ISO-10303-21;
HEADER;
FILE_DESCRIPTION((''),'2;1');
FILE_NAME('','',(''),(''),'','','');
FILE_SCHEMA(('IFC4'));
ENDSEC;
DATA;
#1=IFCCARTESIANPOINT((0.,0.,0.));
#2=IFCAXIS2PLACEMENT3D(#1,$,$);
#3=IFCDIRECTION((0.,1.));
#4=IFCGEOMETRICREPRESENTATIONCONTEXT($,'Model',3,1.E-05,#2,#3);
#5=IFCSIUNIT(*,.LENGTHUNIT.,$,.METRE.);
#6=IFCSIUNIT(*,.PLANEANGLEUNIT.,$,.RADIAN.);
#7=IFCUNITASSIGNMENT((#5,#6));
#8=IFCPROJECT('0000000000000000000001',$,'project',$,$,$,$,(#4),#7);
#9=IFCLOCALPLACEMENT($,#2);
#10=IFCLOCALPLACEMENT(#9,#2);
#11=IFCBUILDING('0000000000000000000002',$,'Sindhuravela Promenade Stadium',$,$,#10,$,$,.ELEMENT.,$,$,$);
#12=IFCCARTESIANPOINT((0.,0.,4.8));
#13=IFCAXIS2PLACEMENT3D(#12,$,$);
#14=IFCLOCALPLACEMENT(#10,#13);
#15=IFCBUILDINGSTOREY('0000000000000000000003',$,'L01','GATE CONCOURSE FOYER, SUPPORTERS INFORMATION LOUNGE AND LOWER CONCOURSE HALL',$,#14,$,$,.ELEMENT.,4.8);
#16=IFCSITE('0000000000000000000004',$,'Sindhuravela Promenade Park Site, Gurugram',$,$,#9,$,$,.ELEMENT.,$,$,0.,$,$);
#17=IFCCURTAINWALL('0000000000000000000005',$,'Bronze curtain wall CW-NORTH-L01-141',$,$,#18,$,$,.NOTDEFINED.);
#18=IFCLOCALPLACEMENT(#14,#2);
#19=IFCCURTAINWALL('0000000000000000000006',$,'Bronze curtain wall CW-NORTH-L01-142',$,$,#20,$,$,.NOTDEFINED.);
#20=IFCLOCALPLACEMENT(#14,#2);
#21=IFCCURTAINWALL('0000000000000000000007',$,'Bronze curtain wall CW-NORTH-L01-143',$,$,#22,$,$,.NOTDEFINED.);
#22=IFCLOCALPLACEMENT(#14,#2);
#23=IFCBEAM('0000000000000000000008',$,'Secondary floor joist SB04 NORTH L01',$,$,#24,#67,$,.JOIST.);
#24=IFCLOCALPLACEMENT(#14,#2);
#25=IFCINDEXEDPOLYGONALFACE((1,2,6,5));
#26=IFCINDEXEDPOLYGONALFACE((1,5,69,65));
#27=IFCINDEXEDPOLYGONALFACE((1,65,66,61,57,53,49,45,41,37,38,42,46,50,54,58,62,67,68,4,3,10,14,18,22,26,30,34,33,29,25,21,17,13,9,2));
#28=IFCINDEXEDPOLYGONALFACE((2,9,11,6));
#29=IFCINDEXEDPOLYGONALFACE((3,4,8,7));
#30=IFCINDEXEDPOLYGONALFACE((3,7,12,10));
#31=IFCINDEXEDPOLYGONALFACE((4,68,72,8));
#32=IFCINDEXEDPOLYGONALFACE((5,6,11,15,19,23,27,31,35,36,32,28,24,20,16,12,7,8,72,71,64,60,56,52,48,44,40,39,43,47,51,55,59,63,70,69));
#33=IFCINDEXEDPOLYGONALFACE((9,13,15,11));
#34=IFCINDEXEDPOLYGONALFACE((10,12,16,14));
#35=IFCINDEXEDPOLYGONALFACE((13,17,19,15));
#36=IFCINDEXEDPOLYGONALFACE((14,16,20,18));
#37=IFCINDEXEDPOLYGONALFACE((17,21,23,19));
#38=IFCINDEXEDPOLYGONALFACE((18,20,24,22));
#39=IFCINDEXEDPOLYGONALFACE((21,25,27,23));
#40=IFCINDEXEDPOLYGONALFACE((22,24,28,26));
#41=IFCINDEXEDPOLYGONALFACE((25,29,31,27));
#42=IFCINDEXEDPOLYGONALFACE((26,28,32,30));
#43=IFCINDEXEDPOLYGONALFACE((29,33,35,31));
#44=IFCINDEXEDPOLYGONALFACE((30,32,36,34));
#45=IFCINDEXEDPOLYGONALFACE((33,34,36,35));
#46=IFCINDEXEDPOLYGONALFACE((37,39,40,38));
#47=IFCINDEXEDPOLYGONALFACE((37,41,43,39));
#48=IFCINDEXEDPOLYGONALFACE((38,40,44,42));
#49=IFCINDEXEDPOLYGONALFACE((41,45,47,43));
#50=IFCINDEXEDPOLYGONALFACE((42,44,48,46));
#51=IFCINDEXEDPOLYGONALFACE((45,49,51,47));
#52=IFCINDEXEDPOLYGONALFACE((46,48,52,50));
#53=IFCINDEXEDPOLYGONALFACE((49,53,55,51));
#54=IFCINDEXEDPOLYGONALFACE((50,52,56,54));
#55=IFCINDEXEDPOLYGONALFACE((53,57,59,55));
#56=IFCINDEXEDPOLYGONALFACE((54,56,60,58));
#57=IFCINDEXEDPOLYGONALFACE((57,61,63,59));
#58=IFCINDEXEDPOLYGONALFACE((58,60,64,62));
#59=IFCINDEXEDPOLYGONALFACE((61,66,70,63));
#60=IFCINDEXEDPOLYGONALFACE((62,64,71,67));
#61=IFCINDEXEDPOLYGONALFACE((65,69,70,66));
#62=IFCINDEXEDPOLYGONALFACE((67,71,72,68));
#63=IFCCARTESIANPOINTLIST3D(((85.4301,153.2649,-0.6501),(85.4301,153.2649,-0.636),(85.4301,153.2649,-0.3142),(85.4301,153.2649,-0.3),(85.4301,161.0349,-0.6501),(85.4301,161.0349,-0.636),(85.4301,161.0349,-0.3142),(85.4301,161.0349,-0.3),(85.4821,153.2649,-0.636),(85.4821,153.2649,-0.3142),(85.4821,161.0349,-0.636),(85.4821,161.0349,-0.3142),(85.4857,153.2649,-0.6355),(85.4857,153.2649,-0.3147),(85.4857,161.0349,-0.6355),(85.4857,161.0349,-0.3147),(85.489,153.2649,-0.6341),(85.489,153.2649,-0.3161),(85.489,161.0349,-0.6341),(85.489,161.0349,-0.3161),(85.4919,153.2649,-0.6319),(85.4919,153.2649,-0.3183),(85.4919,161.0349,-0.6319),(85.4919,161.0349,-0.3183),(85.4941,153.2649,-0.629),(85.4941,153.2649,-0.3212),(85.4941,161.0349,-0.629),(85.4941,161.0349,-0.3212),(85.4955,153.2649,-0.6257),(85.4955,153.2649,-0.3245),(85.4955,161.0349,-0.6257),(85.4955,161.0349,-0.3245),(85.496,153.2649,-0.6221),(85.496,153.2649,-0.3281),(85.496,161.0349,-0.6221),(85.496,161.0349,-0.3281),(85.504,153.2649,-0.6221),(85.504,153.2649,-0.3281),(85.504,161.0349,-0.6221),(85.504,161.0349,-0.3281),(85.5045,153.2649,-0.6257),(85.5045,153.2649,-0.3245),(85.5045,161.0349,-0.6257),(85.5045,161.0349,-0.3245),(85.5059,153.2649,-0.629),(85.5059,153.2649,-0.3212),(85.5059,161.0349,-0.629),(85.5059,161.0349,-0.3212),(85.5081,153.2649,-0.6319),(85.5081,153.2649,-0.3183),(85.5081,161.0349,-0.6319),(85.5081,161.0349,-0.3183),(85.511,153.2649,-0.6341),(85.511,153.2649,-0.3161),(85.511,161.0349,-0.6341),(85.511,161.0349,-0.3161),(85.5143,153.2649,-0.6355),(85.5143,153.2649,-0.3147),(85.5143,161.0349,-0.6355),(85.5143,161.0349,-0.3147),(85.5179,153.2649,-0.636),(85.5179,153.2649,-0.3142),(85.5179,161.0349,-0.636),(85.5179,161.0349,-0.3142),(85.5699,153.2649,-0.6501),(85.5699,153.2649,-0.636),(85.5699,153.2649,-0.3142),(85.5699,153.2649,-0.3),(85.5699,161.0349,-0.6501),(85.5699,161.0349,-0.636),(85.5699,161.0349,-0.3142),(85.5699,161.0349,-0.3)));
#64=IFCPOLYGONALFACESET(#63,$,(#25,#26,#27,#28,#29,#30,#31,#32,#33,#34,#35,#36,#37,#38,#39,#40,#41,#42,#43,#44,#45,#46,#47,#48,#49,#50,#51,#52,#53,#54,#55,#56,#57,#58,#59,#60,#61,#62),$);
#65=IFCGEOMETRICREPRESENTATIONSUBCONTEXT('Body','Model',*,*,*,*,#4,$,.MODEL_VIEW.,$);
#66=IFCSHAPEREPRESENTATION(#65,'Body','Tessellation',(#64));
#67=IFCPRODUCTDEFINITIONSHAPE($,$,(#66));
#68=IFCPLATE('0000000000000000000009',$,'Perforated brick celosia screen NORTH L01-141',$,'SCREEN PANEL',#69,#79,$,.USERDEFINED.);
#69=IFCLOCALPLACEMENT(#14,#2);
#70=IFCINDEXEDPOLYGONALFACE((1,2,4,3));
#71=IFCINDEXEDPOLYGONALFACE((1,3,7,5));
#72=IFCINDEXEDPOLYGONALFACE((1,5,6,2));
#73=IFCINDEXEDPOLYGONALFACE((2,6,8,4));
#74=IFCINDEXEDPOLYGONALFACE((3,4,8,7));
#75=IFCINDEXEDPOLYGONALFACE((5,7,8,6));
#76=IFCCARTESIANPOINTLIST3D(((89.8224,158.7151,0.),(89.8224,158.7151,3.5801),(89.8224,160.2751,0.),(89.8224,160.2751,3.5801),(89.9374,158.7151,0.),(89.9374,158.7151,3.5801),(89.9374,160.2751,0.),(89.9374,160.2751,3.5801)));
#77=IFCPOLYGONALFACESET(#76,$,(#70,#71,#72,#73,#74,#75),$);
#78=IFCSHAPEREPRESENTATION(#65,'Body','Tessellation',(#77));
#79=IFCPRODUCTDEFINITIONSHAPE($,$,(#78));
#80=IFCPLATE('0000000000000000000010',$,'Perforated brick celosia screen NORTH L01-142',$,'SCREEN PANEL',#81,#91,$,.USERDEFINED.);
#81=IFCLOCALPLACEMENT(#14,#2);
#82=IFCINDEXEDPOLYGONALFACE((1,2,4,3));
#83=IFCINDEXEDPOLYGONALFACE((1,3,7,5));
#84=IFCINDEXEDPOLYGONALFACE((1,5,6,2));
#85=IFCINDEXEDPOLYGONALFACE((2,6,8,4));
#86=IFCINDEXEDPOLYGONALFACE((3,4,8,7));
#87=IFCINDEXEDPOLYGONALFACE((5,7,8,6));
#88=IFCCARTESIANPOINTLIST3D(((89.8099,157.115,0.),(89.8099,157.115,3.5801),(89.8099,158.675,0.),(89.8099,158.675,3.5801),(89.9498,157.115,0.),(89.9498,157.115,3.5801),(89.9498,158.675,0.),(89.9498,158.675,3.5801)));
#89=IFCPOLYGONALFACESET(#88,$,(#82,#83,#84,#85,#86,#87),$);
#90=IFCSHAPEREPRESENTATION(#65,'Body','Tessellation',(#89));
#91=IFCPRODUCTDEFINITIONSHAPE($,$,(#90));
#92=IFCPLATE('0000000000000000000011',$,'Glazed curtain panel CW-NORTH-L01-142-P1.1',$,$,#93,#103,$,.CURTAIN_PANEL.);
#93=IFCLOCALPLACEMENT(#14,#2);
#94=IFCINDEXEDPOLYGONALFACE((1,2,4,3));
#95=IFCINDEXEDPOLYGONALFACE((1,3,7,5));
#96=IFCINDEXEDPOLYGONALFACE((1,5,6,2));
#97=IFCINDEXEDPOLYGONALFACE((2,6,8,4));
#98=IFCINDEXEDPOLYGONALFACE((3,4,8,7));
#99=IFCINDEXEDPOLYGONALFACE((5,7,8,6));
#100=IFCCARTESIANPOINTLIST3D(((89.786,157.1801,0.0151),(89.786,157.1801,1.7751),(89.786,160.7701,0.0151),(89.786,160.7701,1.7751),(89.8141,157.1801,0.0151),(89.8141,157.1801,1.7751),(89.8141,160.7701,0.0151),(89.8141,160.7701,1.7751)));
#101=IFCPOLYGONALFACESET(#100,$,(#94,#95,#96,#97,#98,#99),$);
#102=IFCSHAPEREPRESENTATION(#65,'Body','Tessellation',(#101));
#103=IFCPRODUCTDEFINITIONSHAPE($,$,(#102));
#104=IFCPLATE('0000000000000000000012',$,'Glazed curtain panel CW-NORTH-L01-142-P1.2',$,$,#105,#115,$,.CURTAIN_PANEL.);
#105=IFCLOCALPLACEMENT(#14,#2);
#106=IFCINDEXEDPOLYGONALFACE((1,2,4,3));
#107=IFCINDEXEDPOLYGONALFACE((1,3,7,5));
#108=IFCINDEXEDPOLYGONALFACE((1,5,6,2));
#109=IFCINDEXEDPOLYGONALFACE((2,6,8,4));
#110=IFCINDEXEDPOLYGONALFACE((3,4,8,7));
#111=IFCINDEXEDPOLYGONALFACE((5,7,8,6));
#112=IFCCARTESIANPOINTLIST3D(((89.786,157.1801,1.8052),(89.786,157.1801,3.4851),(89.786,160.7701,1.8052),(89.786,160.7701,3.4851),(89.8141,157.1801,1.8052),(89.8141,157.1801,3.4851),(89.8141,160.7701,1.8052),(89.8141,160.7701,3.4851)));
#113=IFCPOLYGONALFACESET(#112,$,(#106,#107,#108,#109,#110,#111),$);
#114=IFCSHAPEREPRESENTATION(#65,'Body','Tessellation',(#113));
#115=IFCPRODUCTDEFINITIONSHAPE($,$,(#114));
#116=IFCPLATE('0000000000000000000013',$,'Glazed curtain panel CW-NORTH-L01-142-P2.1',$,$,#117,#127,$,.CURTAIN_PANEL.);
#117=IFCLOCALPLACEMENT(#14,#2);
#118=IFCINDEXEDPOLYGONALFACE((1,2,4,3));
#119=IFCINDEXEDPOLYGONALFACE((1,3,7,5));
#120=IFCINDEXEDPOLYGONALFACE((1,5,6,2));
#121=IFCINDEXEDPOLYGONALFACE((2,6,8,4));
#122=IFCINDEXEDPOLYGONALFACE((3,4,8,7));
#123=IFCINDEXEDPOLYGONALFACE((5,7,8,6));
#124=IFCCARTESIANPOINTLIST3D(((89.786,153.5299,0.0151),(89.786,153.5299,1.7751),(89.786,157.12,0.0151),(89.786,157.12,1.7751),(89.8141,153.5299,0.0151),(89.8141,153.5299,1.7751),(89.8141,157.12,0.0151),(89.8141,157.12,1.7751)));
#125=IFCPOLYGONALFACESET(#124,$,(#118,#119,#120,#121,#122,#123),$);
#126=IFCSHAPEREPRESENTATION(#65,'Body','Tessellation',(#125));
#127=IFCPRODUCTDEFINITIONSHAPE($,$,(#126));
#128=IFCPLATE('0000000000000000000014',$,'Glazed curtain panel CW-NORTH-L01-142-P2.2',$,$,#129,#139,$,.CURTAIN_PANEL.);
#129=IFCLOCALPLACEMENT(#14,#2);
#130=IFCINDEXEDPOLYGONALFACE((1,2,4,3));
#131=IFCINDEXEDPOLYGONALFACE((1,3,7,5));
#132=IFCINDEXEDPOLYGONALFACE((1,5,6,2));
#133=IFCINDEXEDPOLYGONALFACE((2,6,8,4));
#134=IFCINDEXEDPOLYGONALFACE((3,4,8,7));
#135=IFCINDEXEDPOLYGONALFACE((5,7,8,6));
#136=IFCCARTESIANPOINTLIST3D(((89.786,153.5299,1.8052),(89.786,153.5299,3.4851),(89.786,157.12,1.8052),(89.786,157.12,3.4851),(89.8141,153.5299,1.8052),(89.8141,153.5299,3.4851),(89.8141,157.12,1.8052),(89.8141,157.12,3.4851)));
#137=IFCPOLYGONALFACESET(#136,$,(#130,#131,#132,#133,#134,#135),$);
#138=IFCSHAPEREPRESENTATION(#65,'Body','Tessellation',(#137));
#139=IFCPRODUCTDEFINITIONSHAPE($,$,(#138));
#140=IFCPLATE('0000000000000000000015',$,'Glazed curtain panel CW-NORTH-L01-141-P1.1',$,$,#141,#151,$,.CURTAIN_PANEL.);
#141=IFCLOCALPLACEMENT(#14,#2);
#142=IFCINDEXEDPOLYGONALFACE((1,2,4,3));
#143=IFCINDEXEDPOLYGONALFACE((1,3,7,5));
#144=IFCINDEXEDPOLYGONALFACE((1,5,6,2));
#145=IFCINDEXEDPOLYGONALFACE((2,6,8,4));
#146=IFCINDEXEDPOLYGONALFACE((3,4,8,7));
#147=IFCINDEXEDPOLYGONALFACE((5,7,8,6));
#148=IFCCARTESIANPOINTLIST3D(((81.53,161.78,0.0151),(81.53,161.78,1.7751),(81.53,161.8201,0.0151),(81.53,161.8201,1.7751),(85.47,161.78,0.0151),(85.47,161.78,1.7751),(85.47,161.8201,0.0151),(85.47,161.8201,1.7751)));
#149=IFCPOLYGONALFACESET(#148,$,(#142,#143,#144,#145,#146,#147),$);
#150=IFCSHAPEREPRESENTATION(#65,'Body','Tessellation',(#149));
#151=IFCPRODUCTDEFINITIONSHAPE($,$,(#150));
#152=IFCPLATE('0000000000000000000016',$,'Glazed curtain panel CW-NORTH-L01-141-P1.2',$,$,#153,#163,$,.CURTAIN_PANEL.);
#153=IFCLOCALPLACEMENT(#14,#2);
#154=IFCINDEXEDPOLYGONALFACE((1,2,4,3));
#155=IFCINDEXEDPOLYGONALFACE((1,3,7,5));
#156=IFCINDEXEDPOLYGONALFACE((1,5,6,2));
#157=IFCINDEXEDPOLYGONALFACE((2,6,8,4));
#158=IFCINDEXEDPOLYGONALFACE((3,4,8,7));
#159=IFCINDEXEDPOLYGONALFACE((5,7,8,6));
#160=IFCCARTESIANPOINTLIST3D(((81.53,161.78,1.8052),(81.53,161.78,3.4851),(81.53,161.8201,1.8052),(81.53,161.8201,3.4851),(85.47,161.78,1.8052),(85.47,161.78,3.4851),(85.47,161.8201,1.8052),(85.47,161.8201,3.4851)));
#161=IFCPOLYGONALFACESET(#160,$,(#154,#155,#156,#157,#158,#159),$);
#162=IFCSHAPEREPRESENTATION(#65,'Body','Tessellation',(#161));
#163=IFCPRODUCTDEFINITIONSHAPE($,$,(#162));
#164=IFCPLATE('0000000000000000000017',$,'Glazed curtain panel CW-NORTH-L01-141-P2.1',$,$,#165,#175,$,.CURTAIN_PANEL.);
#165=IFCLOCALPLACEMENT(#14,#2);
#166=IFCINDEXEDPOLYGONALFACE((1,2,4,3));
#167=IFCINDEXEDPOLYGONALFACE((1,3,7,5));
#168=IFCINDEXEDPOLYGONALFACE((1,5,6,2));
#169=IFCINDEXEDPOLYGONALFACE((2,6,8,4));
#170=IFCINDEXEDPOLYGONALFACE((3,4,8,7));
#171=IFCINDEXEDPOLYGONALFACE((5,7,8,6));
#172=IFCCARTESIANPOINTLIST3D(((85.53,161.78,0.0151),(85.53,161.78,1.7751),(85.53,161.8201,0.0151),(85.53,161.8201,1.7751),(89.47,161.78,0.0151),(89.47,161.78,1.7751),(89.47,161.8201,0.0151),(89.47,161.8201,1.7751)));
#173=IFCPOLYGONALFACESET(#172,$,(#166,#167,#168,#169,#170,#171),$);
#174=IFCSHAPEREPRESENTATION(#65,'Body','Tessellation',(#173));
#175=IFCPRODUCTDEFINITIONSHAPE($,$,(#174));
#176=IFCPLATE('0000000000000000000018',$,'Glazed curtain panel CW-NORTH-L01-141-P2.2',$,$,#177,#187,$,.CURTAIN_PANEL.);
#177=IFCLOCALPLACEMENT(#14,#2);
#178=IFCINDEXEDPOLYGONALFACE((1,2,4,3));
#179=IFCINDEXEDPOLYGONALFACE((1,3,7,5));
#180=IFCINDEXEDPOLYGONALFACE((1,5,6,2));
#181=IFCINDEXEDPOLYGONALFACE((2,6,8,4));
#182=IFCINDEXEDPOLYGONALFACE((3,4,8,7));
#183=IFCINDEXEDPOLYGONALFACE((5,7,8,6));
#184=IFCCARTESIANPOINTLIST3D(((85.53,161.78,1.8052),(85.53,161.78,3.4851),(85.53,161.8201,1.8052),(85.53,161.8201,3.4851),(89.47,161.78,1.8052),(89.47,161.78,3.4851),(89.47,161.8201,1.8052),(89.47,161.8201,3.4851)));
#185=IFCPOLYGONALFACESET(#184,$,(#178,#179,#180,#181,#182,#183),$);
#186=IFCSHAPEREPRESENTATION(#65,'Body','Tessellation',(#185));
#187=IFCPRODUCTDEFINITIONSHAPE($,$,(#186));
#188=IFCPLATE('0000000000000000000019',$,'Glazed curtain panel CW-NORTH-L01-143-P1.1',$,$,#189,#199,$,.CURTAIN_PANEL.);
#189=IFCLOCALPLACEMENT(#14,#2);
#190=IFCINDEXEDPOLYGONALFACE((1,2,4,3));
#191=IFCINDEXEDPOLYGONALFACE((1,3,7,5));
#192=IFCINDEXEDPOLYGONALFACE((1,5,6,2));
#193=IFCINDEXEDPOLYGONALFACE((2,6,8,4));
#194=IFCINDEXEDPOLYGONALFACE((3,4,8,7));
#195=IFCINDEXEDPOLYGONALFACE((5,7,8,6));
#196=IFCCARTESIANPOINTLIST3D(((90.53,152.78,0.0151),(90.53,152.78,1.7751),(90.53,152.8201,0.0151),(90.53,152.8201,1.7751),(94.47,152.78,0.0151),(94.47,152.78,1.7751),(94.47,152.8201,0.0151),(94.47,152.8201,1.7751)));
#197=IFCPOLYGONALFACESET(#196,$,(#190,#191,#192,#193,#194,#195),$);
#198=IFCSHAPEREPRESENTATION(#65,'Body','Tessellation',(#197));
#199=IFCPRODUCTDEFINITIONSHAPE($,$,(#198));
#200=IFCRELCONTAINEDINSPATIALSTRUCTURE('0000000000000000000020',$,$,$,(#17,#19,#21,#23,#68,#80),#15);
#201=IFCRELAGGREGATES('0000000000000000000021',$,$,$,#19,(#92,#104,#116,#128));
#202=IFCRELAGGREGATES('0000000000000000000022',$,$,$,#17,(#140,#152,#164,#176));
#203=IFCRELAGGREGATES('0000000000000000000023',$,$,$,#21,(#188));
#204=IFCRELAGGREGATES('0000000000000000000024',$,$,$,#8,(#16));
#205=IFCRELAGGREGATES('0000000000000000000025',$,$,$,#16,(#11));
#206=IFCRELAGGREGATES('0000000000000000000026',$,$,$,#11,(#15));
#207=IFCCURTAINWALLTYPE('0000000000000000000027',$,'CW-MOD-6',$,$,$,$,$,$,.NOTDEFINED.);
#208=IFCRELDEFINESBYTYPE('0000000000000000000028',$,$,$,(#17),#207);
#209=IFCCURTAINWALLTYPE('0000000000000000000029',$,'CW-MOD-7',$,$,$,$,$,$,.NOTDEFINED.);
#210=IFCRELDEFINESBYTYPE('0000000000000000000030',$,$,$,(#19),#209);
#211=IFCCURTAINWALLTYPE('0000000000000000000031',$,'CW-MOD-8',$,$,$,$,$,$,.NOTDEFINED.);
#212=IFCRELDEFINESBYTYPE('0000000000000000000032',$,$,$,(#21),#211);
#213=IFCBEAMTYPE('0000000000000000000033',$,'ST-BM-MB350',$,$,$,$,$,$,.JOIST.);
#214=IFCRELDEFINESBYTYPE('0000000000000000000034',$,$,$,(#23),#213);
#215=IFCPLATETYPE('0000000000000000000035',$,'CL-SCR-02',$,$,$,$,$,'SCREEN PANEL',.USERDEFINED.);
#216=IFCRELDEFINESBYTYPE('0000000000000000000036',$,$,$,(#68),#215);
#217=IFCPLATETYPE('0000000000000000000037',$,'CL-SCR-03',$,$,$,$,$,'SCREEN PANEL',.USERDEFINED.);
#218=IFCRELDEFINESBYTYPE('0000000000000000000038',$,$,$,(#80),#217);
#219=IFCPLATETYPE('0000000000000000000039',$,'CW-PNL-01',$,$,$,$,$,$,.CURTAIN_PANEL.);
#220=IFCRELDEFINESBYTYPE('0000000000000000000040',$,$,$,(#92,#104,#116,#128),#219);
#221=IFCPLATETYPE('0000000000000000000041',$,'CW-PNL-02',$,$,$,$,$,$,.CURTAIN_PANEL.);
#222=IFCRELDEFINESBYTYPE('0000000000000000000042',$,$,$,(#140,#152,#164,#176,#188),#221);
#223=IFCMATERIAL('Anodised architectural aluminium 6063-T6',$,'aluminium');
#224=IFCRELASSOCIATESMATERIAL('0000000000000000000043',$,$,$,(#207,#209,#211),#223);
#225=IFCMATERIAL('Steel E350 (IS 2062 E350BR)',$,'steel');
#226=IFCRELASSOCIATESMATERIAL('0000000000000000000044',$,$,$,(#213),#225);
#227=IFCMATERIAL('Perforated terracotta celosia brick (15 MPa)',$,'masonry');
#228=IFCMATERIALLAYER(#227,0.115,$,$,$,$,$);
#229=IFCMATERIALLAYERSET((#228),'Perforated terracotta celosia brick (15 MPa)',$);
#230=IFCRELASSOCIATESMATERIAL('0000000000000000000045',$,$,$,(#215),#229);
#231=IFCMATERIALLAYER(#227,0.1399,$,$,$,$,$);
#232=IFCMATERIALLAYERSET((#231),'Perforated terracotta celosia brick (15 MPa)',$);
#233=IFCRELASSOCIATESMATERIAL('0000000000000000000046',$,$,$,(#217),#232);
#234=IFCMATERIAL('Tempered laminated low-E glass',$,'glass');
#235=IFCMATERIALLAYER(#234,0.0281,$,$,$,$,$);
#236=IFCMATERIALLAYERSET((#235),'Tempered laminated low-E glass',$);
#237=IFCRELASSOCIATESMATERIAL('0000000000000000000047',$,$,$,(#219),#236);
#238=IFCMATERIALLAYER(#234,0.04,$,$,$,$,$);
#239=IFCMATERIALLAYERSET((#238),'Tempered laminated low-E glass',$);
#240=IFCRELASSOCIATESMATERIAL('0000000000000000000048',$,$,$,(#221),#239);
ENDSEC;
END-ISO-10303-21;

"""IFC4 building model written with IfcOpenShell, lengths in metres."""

from ifc_helpers import new_model, si_unit, direction, frame, origin, origin_2d, place, context, subcontext, project, spatial, rectangle, i_section, extrude, material, layer, layer_set, material_profile, profile_set, type_object, element, aggregate, save


model = new_model("IFC4")

# Units and contexts
model_context = context("Model", 3, precision=1e-05, world=origin(), true_north=direction((0.0, 1.0)))
body_context = subcontext(model_context, "Body", "Model", "MODEL_VIEW")
ifc_project = project(units=[si_unit("LENGTHUNIT", "METRE"), si_unit("PLANEANGLEUNIT", "RADIAN")], contexts=[model_context])

# Site, building, storey
site_placement = place(None, origin())
site = spatial("IfcSite", under=ifc_project, at=site_placement, Name="Sindhuravela Promenade Park Site, Gurugram", CompositionType="ELEMENT", RefElevation=0.0)
building_placement = place(site_placement, origin())
building = spatial("IfcBuilding", under=site, at=building_placement, Name="Sindhuravela Promenade Stadium", CompositionType="ELEMENT")
storey_placement = place(building_placement, frame((0.0, 0.0, 4.8)))
storey = spatial("IfcBuildingStorey", under=building, at=storey_placement, Name="L01", Description="GATE CONCOURSE FOYER, SUPPORTERS INFORMATION LOUNGE AND LOWER CONCOURSE HALL", CompositionType="ELEMENT", Elevation=4.8)

# Curtain walls
ifc_material_1 = material(Name="Anodised architectural aluminium 6063-T6", Category="aluminium")
curtain_wall_type_1 = type_object("IfcCurtainWallType", Name="CW-MOD-6", PredefinedType="NOTDEFINED", material=ifc_material_1)
curtain_wall_1_placement = place(storey_placement, origin())
curtain_wall_1 = element("IfcCurtainWall", 1, at=curtain_wall_1_placement, inside=storey, type_object=curtain_wall_type_1, Name="Bronze curtain wall CW-NORTH-L01-141", PredefinedType="NOTDEFINED")
curtain_wall_type_2 = type_object("IfcCurtainWallType", Name="CW-MOD-7", PredefinedType="NOTDEFINED", material=ifc_material_1)
curtain_wall_2_placement = place(storey_placement, origin())
curtain_wall_2 = element("IfcCurtainWall", 2, at=curtain_wall_2_placement, inside=storey, type_object=curtain_wall_type_2, Name="Bronze curtain wall CW-NORTH-L01-142", PredefinedType="NOTDEFINED")
curtain_wall_type_3 = type_object("IfcCurtainWallType", Name="CW-MOD-8", PredefinedType="NOTDEFINED", material=ifc_material_1)
curtain_wall_3_placement = place(storey_placement, origin())
curtain_wall_3 = element("IfcCurtainWall", 3, at=curtain_wall_3_placement, inside=storey, type_object=curtain_wall_type_3, Name="Bronze curtain wall CW-NORTH-L01-143", PredefinedType="NOTDEFINED")

# Beam
ifc_material_2 = material(Name="Steel E350 (IS 2062 E350BR)", Category="steel")
ifc_material_profile_1 = material_profile(ifc_material_2, i_section(OverallWidth=0.1399, OverallDepth=0.3501, WebThickness=0.0081, FlangeThickness=0.0142, FilletRadius=0.0139, at=origin_2d()), Name="ISMB 350")
ifc_profile_set_1 = profile_set([ifc_material_profile_1], Name="Steel E350 (IS 2062 E350BR)")
beam_type_1 = type_object("IfcBeamType", Name="ST-BM-MB350", PredefinedType="JOIST", material=ifc_profile_set_1)
beam_1_placement = place(storey_placement, frame((85.5, 153.2649, -0.4751), z_axis=(0.0, 1.0, 0.0), x_axis=(-1.0, 0.0, 0.0)))
element("IfcBeam", 4, at=beam_1_placement, inside=storey, type_object=beam_type_1, Name="Secondary floor joist SB04 NORTH L01", PredefinedType="JOIST", context=body_context, shape_type="SweptSolid", body=[
    extrude(i_section(OverallWidth=0.1399, OverallDepth=0.3501, WebThickness=0.0081, FlangeThickness=0.0142, FilletRadius=0.0139, at=origin_2d()), origin(), (0.0, 0.0, 1.0), 7.77),
])

# Plates
ifc_material_3 = material(Name="Perforated terracotta celosia brick (15 MPa)", Category="masonry")
ifc_layer_1 = layer(ifc_material_3, 0.115)
ifc_layer_set_1 = layer_set([ifc_layer_1], Name="Perforated terracotta celosia brick (15 MPa)")
plate_type_1 = type_object("IfcPlateType", Name="CL-SCR-02", ElementType="SCREEN PANEL", PredefinedType="USERDEFINED", material=ifc_layer_set_1)
plate_1_placement = place(storey_placement, frame((89.8799, 159.4951, 0.0), z_axis=(0.0, 0.0, 1.0), x_axis=(0.0, -1.0, 0.0)))
element("IfcPlate", 5, at=plate_1_placement, inside=storey, type_object=plate_type_1, Name="Perforated brick celosia screen NORTH L01-141", ObjectType="SCREEN PANEL", PredefinedType="USERDEFINED", context=body_context, shape_type="SweptSolid", body=[
    extrude(rectangle(XDim=1.5601, YDim=0.115, at=origin_2d()), origin(), (0.0, 0.0, 1.0), 3.5801),
])
ifc_layer_2 = layer(ifc_material_3, 0.1399)
ifc_layer_set_2 = layer_set([ifc_layer_2], Name="Perforated terracotta celosia brick (15 MPa)")
plate_type_2 = type_object("IfcPlateType", Name="CL-SCR-03", ElementType="SCREEN PANEL", PredefinedType="USERDEFINED", material=ifc_layer_set_2)
plate_2_placement = place(storey_placement, frame((89.8799, 157.895, 0.0), z_axis=(0.0, 0.0, 1.0), x_axis=(0.0, -1.0, 0.0)))
element("IfcPlate", 6, at=plate_2_placement, inside=storey, type_object=plate_type_2, Name="Perforated brick celosia screen NORTH L01-142", ObjectType="SCREEN PANEL", PredefinedType="USERDEFINED", context=body_context, shape_type="SweptSolid", body=[
    extrude(rectangle(XDim=1.5601, YDim=0.1399, at=origin_2d()), origin(), (0.0, 0.0, 1.0), 3.5801),
])

# Plates
ifc_material_4 = material(Name="Tempered laminated low-E glass", Category="glass")
ifc_layer_3 = layer(ifc_material_4, 0.0281)
ifc_layer_set_3 = layer_set([ifc_layer_3], Name="Tempered laminated low-E glass")
plate_type_3 = type_object("IfcPlateType", Name="CW-PNL-01", PredefinedType="CURTAIN_PANEL", material=ifc_layer_set_3)
plate_3_placement = place(storey_placement, frame((89.8, 158.9751, 0.0151), z_axis=(0.0, 0.0, 1.0), x_axis=(0.0, -1.0, 0.0)))
plate_3 = element("IfcPlate", 7, at=plate_3_placement, type_object=plate_type_3, Name="Glazed curtain panel CW-NORTH-L01-142-P1.1", PredefinedType="CURTAIN_PANEL", context=body_context, shape_type="SweptSolid", body=[
    extrude(rectangle(XDim=3.5901, YDim=0.0281, at=origin_2d()), origin(), (0.0, 0.0, 1.0), 1.76),
])
plate_4_placement = place(storey_placement, frame((89.8, 158.9751, 1.8052), z_axis=(0.0, 0.0, 1.0), x_axis=(0.0, -1.0, 0.0)))
plate_4 = element("IfcPlate", 8, at=plate_4_placement, type_object=plate_type_3, Name="Glazed curtain panel CW-NORTH-L01-142-P1.2", PredefinedType="CURTAIN_PANEL", context=body_context, shape_type="SweptSolid", body=[
    extrude(rectangle(XDim=3.5901, YDim=0.0281, at=origin_2d()), origin(), (0.0, 0.0, 1.0), 1.6799),
])
plate_5_placement = place(storey_placement, frame((89.8, 155.325, 0.0151), z_axis=(0.0, 0.0, 1.0), x_axis=(0.0, -1.0, 0.0)))
plate_5 = element("IfcPlate", 9, at=plate_5_placement, type_object=plate_type_3, Name="Glazed curtain panel CW-NORTH-L01-142-P2.1", PredefinedType="CURTAIN_PANEL", context=body_context, shape_type="SweptSolid", body=[
    extrude(rectangle(XDim=3.5901, YDim=0.0281, at=origin_2d()), origin(), (0.0, 0.0, 1.0), 1.76),
])
plate_6_placement = place(storey_placement, frame((89.8, 155.325, 1.8052), z_axis=(0.0, 0.0, 1.0), x_axis=(0.0, -1.0, 0.0)))
plate_6 = element("IfcPlate", 10, at=plate_6_placement, type_object=plate_type_3, Name="Glazed curtain panel CW-NORTH-L01-142-P2.2", PredefinedType="CURTAIN_PANEL", context=body_context, shape_type="SweptSolid", body=[
    extrude(rectangle(XDim=3.5901, YDim=0.0281, at=origin_2d()), origin(), (0.0, 0.0, 1.0), 1.6799),
])
aggregate(curtain_wall_2, [plate_3, plate_4, plate_5, plate_6])
ifc_layer_4 = layer(ifc_material_4, 0.04)
ifc_layer_set_4 = layer_set([ifc_layer_4], Name="Tempered laminated low-E glass")
plate_type_4 = type_object("IfcPlateType", Name="CW-PNL-02", PredefinedType="CURTAIN_PANEL", material=ifc_layer_set_4)
plate_7_placement = place(storey_placement, frame((83.5, 161.8, 0.0151), z_axis=(0.0, 0.0, 1.0), x_axis=(1.0, 0.0, 0.0)))
plate_7 = element("IfcPlate", 11, at=plate_7_placement, type_object=plate_type_4, Name="Glazed curtain panel CW-NORTH-L01-141-P1.1", PredefinedType="CURTAIN_PANEL", context=body_context, shape_type="SweptSolid", body=[
    extrude(rectangle(XDim=3.9399, YDim=0.04, at=origin_2d()), origin(), (0.0, 0.0, 1.0), 1.76),
])
plate_8_placement = place(storey_placement, frame((83.5, 161.8, 1.8052), z_axis=(0.0, 0.0, 1.0), x_axis=(1.0, 0.0, 0.0)))
plate_8 = element("IfcPlate", 12, at=plate_8_placement, type_object=plate_type_4, Name="Glazed curtain panel CW-NORTH-L01-141-P1.2", PredefinedType="CURTAIN_PANEL", context=body_context, shape_type="SweptSolid", body=[
    extrude(rectangle(XDim=3.9399, YDim=0.04, at=origin_2d()), origin(), (0.0, 0.0, 1.0), 1.6799),
])
plate_9_placement = place(storey_placement, frame((87.5, 161.8, 0.0151), z_axis=(0.0, 0.0, 1.0), x_axis=(1.0, 0.0, 0.0)))
plate_9 = element("IfcPlate", 13, at=plate_9_placement, type_object=plate_type_4, Name="Glazed curtain panel CW-NORTH-L01-141-P2.1", PredefinedType="CURTAIN_PANEL", context=body_context, shape_type="SweptSolid", body=[
    extrude(rectangle(XDim=3.9399, YDim=0.04, at=origin_2d()), origin(), (0.0, 0.0, 1.0), 1.76),
])
plate_10_placement = place(storey_placement, frame((87.5, 161.8, 1.8052), z_axis=(0.0, 0.0, 1.0), x_axis=(1.0, 0.0, 0.0)))
plate_10 = element("IfcPlate", 14, at=plate_10_placement, type_object=plate_type_4, Name="Glazed curtain panel CW-NORTH-L01-141-P2.2", PredefinedType="CURTAIN_PANEL", context=body_context, shape_type="SweptSolid", body=[
    extrude(rectangle(XDim=3.9399, YDim=0.04, at=origin_2d()), origin(), (0.0, 0.0, 1.0), 1.6799),
])
aggregate(curtain_wall_1, [plate_7, plate_8, plate_9, plate_10])
plate_11_placement = place(storey_placement, frame((92.5, 152.8, 0.0151), z_axis=(0.0, 0.0, 1.0), x_axis=(1.0, 0.0, 0.0)))
plate_11 = element("IfcPlate", 15, at=plate_11_placement, type_object=plate_type_4, Name="Glazed curtain panel CW-NORTH-L01-143-P1.1", PredefinedType="CURTAIN_PANEL", context=body_context, shape_type="SweptSolid", body=[
    extrude(rectangle(XDim=3.9399, YDim=0.04, at=origin_2d()), origin(), (0.0, 0.0, 1.0), 1.76),
])
aggregate(curtain_wall_3, [plate_11])

save(model, "model.ifc")
